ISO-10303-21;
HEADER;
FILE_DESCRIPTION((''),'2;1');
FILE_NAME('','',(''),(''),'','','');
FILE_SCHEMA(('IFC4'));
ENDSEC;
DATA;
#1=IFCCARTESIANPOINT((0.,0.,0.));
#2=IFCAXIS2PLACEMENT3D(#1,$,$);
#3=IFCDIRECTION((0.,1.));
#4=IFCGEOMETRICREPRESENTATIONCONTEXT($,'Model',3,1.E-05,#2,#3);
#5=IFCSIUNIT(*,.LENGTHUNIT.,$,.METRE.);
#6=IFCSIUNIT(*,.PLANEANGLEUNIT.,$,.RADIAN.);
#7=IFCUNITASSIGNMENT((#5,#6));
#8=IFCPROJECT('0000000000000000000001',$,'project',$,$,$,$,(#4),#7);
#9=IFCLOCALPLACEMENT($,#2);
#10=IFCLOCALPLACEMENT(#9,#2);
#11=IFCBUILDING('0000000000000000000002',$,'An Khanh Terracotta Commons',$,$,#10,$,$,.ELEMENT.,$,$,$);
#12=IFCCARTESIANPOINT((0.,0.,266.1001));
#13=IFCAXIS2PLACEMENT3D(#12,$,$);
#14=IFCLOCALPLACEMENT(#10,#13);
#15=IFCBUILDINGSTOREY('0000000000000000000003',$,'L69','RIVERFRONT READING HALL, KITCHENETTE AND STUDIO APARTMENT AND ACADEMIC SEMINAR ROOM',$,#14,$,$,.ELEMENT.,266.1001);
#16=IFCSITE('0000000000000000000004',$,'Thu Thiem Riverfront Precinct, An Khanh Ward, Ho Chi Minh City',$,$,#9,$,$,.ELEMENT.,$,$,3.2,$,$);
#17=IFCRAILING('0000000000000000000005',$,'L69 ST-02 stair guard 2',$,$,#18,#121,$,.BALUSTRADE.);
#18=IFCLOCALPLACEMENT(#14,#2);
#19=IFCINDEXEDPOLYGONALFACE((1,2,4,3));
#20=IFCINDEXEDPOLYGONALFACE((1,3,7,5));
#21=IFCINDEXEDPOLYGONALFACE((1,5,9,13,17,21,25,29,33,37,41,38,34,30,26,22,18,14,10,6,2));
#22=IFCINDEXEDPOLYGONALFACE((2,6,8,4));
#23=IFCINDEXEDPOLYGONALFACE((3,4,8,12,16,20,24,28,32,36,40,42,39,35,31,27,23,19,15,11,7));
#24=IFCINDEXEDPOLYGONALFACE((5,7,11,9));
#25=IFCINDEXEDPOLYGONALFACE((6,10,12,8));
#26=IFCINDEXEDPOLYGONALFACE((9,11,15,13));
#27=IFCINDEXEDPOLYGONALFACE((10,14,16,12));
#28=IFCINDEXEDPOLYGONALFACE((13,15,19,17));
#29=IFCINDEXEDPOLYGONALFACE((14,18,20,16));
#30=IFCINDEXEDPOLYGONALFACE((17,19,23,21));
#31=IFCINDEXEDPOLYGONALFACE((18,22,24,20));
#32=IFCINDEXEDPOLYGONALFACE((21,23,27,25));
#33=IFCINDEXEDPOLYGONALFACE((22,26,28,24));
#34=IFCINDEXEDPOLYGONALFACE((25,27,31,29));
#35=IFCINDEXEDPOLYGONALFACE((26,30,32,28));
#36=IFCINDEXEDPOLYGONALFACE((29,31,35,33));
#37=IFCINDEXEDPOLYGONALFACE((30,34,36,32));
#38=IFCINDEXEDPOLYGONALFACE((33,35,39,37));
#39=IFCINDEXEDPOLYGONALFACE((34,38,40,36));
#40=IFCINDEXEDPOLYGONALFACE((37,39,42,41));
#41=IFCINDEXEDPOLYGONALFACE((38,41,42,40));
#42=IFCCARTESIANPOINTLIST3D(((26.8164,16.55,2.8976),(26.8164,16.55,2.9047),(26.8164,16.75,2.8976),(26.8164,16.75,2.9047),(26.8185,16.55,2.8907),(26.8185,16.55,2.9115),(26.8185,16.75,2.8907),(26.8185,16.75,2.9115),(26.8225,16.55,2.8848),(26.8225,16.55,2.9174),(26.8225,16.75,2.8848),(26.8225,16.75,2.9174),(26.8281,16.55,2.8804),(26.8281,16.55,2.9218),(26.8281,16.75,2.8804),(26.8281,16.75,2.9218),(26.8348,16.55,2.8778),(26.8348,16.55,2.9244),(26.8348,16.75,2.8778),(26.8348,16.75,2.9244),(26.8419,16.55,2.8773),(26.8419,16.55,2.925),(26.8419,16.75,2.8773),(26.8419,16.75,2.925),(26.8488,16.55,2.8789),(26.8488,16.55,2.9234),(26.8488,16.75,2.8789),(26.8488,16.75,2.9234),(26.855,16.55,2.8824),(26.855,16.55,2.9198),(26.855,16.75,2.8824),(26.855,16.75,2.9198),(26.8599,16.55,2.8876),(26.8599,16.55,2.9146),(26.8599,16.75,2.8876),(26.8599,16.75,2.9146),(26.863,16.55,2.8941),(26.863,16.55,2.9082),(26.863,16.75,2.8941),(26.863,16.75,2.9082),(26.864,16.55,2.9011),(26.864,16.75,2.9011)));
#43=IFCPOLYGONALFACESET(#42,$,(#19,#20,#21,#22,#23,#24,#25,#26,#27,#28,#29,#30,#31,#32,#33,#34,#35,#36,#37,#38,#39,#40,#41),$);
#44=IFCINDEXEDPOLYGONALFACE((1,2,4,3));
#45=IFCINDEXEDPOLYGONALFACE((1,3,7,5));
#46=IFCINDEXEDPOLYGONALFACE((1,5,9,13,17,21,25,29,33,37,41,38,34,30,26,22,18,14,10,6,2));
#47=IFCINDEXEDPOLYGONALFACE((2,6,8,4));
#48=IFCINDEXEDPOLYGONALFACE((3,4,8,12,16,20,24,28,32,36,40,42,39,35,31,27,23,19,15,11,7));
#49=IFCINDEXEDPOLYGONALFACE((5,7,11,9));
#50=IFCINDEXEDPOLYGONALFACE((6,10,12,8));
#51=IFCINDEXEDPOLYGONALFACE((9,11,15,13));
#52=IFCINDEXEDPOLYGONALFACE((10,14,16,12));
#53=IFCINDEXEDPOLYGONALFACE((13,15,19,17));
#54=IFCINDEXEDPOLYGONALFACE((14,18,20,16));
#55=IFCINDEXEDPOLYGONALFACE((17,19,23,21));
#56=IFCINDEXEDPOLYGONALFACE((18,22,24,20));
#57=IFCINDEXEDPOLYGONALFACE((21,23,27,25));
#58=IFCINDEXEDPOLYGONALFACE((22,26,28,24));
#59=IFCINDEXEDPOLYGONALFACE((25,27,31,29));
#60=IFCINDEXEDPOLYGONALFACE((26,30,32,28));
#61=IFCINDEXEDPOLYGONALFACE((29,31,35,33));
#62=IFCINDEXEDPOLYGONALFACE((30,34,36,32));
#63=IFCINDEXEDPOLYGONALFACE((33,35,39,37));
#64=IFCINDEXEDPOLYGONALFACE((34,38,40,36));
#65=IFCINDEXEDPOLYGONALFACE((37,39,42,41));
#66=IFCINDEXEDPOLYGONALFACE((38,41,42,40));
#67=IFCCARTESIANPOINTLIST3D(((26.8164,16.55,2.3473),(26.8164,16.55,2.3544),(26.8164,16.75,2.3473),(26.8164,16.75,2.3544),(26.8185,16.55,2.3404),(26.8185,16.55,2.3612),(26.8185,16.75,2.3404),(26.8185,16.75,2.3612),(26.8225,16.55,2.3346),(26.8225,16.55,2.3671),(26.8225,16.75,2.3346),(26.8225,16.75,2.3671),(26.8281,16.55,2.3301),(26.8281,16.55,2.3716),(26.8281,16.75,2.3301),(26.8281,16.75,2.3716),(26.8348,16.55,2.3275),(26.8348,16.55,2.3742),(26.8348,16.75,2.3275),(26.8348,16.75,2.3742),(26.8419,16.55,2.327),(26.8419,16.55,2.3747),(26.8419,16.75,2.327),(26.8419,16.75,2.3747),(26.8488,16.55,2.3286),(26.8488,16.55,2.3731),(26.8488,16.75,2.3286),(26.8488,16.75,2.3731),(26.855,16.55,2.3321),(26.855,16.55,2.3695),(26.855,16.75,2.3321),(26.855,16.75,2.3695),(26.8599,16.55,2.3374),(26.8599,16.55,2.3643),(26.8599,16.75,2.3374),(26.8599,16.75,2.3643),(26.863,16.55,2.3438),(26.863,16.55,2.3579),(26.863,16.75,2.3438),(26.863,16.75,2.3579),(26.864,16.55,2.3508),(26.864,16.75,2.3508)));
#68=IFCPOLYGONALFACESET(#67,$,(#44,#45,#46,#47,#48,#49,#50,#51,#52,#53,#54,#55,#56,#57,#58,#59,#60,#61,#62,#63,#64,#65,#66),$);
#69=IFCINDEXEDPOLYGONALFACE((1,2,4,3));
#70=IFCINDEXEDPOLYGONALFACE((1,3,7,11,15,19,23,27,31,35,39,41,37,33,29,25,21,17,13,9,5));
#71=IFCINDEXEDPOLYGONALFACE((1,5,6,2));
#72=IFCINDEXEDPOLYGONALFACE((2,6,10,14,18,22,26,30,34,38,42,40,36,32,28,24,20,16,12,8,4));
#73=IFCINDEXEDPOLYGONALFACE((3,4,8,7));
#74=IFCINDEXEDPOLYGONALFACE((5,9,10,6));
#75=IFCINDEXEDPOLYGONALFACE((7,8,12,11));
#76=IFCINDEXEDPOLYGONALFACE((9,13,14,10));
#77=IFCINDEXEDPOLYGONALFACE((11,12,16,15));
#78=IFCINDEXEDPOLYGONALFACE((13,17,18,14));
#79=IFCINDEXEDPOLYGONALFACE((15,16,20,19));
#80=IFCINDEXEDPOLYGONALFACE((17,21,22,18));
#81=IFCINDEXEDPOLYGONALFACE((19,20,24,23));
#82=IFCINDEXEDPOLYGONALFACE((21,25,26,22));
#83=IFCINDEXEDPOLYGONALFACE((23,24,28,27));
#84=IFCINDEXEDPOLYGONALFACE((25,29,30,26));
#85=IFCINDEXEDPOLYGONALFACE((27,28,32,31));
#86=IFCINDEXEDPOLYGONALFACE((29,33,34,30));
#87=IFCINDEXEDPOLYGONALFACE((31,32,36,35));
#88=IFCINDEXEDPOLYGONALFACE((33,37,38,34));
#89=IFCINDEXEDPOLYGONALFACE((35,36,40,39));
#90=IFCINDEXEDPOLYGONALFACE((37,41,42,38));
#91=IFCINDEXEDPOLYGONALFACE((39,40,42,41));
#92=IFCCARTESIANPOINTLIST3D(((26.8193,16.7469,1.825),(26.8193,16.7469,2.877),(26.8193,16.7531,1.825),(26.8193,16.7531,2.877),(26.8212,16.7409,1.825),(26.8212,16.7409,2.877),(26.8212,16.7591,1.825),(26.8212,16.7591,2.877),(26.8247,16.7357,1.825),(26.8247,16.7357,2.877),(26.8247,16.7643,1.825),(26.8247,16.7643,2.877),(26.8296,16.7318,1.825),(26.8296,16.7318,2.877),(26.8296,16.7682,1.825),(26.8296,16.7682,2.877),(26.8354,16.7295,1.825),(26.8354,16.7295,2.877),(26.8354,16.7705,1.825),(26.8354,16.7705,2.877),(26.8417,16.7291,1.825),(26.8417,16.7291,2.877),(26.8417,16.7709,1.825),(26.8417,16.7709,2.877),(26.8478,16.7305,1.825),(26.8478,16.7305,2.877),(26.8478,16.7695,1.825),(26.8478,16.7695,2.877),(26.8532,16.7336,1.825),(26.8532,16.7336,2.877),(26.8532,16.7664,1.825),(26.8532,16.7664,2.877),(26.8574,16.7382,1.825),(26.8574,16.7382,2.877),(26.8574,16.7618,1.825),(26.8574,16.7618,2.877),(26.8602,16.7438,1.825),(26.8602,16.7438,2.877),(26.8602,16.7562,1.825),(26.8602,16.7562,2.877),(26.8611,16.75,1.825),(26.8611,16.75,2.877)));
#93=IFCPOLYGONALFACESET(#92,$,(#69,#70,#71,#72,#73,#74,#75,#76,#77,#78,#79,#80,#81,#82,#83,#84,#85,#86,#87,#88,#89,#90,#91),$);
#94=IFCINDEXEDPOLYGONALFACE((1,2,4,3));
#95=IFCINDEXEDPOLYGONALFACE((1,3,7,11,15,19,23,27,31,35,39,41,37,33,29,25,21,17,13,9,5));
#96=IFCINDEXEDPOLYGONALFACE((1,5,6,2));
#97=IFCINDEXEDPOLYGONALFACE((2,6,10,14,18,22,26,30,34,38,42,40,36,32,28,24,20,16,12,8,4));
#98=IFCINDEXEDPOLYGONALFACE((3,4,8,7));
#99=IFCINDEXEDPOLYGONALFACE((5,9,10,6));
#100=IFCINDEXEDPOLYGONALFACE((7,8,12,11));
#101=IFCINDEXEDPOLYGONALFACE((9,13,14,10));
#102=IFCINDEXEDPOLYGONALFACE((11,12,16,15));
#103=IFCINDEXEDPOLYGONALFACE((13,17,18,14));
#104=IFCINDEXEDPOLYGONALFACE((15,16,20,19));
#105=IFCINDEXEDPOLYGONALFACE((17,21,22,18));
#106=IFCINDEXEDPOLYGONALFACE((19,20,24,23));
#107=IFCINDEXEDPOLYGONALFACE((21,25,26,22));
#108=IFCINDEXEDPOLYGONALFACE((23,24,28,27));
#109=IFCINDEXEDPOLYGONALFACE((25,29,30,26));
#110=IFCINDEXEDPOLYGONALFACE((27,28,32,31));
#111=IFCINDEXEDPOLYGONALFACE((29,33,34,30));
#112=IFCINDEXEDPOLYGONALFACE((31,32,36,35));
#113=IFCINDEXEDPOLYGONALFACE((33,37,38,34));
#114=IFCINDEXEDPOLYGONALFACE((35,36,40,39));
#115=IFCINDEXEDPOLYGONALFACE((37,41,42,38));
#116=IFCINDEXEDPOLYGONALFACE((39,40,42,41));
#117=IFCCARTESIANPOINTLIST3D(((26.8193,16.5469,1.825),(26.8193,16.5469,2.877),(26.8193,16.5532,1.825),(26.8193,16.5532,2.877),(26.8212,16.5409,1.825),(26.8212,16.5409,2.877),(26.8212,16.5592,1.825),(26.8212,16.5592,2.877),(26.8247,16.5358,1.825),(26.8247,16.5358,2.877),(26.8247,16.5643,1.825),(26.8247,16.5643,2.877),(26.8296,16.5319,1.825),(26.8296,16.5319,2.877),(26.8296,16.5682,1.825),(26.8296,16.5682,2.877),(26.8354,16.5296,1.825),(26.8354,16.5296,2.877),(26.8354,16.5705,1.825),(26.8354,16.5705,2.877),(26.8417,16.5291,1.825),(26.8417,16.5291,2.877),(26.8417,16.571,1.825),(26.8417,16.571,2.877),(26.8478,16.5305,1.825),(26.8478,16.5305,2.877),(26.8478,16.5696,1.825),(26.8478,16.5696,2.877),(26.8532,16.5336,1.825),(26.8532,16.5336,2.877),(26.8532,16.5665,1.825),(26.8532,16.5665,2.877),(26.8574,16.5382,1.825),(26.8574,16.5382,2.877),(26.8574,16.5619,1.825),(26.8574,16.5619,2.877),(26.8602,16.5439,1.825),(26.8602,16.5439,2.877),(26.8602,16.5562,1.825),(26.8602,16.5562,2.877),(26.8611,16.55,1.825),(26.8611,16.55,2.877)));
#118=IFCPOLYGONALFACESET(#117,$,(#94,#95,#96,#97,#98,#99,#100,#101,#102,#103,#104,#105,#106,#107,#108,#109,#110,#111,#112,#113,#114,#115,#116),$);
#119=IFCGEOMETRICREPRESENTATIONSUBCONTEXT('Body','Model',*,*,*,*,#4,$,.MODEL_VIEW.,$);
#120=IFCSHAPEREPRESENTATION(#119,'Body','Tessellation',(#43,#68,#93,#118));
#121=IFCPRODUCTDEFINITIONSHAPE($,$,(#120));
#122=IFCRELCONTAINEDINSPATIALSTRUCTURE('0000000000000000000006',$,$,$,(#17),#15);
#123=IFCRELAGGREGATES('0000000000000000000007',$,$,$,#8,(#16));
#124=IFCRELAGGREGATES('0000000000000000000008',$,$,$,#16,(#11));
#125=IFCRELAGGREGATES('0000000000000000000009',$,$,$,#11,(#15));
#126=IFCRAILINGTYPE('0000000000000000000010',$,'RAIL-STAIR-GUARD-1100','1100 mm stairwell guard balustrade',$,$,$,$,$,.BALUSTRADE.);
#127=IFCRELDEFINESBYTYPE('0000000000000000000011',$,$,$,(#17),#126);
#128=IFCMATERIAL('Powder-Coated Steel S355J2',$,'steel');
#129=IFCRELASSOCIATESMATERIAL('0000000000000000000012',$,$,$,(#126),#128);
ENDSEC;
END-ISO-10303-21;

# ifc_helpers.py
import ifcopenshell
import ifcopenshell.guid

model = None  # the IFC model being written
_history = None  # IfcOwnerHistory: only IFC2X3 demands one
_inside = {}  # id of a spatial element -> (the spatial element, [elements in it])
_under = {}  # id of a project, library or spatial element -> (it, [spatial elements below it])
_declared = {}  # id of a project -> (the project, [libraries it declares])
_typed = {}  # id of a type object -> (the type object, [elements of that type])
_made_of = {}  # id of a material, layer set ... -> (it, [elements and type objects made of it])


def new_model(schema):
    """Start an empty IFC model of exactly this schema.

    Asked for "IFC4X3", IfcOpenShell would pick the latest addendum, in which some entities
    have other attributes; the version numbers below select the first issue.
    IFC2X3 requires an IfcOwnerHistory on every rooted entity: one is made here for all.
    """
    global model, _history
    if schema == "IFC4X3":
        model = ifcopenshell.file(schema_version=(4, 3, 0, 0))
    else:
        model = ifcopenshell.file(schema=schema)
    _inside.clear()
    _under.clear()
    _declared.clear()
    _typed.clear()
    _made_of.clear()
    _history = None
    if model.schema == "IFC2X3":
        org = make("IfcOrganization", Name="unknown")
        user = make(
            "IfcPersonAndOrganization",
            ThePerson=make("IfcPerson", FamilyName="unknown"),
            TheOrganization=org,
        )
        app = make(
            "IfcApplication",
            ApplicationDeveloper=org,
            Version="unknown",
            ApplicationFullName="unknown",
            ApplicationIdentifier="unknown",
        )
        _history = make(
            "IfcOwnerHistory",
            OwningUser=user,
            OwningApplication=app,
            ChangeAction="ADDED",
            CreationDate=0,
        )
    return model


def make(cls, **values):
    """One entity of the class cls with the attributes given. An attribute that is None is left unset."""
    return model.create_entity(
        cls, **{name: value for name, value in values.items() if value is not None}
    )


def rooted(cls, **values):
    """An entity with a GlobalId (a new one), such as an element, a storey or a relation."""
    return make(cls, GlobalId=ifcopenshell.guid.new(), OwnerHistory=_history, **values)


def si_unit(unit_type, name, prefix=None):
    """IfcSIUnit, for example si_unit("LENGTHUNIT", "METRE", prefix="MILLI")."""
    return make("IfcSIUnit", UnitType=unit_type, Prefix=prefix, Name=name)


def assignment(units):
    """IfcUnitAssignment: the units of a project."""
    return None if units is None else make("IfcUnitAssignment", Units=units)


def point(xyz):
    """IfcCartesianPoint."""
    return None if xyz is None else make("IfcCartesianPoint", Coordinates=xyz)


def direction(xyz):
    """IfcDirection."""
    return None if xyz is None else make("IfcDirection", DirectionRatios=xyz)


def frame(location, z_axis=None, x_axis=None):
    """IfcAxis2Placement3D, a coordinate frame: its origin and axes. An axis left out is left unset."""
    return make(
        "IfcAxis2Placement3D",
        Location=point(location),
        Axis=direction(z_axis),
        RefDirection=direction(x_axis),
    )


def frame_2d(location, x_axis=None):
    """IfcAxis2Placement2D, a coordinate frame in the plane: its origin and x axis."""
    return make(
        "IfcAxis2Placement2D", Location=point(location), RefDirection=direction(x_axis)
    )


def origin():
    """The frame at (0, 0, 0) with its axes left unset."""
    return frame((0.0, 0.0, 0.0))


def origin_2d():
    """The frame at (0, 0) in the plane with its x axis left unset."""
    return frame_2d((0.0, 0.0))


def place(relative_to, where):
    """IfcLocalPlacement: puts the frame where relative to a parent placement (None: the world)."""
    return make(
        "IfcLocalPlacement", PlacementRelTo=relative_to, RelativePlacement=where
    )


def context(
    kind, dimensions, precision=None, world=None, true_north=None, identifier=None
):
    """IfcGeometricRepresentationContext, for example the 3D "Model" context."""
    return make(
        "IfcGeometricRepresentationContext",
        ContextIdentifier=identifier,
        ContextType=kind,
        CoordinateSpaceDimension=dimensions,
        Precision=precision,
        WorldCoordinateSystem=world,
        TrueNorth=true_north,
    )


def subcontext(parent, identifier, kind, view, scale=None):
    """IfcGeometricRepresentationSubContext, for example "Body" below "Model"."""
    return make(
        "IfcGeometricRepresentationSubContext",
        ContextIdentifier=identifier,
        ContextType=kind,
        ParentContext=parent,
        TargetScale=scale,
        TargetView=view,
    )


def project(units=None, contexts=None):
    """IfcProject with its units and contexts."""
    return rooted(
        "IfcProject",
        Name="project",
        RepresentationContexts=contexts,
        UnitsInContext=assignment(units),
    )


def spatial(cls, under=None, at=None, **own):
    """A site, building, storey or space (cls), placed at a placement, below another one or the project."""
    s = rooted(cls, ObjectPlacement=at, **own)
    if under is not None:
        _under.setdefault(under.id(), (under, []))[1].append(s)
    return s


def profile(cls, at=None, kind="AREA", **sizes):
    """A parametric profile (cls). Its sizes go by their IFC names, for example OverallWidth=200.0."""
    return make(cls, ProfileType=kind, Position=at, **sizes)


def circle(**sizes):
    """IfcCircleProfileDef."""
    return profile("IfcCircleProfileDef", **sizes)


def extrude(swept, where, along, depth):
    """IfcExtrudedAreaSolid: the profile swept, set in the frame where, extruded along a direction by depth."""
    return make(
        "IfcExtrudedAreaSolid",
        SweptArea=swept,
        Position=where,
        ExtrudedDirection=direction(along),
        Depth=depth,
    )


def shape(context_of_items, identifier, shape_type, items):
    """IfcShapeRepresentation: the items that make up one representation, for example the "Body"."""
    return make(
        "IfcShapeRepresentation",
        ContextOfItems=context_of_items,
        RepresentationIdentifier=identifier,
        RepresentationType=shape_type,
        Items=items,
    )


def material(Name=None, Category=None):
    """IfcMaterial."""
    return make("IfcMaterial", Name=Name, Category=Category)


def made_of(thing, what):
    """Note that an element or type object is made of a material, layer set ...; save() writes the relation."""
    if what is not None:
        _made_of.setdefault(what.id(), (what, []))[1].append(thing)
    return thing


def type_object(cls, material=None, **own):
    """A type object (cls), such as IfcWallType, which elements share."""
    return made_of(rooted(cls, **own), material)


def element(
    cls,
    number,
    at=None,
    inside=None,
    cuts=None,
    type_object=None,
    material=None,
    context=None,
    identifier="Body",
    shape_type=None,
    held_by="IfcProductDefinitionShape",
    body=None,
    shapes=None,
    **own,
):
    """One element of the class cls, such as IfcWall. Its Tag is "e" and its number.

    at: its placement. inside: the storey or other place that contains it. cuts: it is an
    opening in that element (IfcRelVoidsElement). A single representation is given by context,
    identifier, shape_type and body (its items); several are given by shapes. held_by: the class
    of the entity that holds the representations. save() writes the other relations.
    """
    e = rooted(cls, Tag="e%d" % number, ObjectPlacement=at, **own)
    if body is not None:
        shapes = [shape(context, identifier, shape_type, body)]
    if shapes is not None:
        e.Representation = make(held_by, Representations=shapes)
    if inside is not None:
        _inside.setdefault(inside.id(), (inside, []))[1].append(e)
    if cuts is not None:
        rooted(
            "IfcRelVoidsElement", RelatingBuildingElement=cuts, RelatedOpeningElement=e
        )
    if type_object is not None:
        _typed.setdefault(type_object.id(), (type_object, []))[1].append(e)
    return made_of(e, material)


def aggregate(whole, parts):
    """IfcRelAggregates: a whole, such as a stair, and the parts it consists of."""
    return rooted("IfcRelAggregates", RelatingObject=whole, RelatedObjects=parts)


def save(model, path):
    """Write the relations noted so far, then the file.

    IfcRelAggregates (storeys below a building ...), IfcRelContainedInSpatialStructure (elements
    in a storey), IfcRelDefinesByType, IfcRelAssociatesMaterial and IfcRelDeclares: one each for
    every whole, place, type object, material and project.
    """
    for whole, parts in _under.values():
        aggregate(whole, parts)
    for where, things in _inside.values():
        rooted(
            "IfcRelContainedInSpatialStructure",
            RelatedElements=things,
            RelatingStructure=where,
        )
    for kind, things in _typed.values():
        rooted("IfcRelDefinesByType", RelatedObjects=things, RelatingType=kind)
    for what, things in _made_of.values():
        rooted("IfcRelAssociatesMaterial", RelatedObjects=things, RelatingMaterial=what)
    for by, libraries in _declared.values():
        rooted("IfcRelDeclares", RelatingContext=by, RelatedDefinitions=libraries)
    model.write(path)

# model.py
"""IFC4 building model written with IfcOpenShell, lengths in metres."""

from ifc_helpers import new_model, si_unit, direction, frame, origin, origin_2d, place, context, subcontext, project, spatial, circle, extrude, material, type_object, element, save


model = new_model("IFC4")

# Units and contexts
model_context = context("Model", 3, precision=1e-05, world=origin(), true_north=direction((0.0, 1.0)))
body_context = subcontext(model_context, "Body", "Model", "MODEL_VIEW")
ifc_project = project(units=[si_unit("LENGTHUNIT", "METRE"), si_unit("PLANEANGLEUNIT", "RADIAN")], contexts=[model_context])

# Site, building, storey
site_placement = place(None, origin())
site = spatial("IfcSite", under=ifc_project, at=site_placement, Name="Thu Thiem Riverfront Precinct, An Khanh Ward, Ho Chi Minh City", CompositionType="ELEMENT", RefElevation=3.2)
building_placement = place(site_placement, origin())
building = spatial("IfcBuilding", under=site, at=building_placement, Name="An Khanh Terracotta Commons", CompositionType="ELEMENT")
storey_placement = place(building_placement, frame((0.0, 0.0, 266.1001)))
storey = spatial("IfcBuildingStorey", under=building, at=storey_placement, Name="L69", Description="RIVERFRONT READING HALL, KITCHENETTE AND STUDIO APARTMENT AND ACADEMIC SEMINAR ROOM", CompositionType="ELEMENT", Elevation=266.1001)

# Railing
ifc_material_1 = material(Name="Powder-Coated Steel S355J2", Category="steel")
railing_type_1 = type_object("IfcRailingType", Name="RAIL-STAIR-GUARD-1100", Description="1100 mm stairwell guard balustrade", PredefinedType="BALUSTRADE", material=ifc_material_1)
railing_1_placement = place(storey_placement, frame((26.8401, 16.75, 1.825)))
element("IfcRailing", 1, at=railing_1_placement, inside=storey, type_object=railing_type_1, Name="L69 ST-02 stair guard 2", PredefinedType="BALUSTRADE", context=body_context, shape_type="SweptSolid", body=[
    extrude(circle(Radius=0.0239, at=origin_2d()), frame((0.0, 0.0, 1.0762), z_axis=(0.0, -1.0, 0.0), x_axis=(1.0, 0.0, 0.0)), (0.0, 0.0, 1.0), 0.2),
    extrude(circle(Radius=0.0239, at=origin_2d()), frame((0.0, 0.0, 0.5259), z_axis=(0.0, -1.0, 0.0), x_axis=(1.0, 0.0, 0.0)), (0.0, 0.0, 1.0), 0.2),
    extrude(circle(Radius=0.021, at=origin_2d()), origin(), (0.0, 0.0, 1.0), 1.052),
    extrude(circle(Radius=0.021, at=origin_2d()), frame((0.0, -0.2, 0.0)), (0.0, 0.0, 1.0), 1.052),
])

save(model, "model.ifc")
